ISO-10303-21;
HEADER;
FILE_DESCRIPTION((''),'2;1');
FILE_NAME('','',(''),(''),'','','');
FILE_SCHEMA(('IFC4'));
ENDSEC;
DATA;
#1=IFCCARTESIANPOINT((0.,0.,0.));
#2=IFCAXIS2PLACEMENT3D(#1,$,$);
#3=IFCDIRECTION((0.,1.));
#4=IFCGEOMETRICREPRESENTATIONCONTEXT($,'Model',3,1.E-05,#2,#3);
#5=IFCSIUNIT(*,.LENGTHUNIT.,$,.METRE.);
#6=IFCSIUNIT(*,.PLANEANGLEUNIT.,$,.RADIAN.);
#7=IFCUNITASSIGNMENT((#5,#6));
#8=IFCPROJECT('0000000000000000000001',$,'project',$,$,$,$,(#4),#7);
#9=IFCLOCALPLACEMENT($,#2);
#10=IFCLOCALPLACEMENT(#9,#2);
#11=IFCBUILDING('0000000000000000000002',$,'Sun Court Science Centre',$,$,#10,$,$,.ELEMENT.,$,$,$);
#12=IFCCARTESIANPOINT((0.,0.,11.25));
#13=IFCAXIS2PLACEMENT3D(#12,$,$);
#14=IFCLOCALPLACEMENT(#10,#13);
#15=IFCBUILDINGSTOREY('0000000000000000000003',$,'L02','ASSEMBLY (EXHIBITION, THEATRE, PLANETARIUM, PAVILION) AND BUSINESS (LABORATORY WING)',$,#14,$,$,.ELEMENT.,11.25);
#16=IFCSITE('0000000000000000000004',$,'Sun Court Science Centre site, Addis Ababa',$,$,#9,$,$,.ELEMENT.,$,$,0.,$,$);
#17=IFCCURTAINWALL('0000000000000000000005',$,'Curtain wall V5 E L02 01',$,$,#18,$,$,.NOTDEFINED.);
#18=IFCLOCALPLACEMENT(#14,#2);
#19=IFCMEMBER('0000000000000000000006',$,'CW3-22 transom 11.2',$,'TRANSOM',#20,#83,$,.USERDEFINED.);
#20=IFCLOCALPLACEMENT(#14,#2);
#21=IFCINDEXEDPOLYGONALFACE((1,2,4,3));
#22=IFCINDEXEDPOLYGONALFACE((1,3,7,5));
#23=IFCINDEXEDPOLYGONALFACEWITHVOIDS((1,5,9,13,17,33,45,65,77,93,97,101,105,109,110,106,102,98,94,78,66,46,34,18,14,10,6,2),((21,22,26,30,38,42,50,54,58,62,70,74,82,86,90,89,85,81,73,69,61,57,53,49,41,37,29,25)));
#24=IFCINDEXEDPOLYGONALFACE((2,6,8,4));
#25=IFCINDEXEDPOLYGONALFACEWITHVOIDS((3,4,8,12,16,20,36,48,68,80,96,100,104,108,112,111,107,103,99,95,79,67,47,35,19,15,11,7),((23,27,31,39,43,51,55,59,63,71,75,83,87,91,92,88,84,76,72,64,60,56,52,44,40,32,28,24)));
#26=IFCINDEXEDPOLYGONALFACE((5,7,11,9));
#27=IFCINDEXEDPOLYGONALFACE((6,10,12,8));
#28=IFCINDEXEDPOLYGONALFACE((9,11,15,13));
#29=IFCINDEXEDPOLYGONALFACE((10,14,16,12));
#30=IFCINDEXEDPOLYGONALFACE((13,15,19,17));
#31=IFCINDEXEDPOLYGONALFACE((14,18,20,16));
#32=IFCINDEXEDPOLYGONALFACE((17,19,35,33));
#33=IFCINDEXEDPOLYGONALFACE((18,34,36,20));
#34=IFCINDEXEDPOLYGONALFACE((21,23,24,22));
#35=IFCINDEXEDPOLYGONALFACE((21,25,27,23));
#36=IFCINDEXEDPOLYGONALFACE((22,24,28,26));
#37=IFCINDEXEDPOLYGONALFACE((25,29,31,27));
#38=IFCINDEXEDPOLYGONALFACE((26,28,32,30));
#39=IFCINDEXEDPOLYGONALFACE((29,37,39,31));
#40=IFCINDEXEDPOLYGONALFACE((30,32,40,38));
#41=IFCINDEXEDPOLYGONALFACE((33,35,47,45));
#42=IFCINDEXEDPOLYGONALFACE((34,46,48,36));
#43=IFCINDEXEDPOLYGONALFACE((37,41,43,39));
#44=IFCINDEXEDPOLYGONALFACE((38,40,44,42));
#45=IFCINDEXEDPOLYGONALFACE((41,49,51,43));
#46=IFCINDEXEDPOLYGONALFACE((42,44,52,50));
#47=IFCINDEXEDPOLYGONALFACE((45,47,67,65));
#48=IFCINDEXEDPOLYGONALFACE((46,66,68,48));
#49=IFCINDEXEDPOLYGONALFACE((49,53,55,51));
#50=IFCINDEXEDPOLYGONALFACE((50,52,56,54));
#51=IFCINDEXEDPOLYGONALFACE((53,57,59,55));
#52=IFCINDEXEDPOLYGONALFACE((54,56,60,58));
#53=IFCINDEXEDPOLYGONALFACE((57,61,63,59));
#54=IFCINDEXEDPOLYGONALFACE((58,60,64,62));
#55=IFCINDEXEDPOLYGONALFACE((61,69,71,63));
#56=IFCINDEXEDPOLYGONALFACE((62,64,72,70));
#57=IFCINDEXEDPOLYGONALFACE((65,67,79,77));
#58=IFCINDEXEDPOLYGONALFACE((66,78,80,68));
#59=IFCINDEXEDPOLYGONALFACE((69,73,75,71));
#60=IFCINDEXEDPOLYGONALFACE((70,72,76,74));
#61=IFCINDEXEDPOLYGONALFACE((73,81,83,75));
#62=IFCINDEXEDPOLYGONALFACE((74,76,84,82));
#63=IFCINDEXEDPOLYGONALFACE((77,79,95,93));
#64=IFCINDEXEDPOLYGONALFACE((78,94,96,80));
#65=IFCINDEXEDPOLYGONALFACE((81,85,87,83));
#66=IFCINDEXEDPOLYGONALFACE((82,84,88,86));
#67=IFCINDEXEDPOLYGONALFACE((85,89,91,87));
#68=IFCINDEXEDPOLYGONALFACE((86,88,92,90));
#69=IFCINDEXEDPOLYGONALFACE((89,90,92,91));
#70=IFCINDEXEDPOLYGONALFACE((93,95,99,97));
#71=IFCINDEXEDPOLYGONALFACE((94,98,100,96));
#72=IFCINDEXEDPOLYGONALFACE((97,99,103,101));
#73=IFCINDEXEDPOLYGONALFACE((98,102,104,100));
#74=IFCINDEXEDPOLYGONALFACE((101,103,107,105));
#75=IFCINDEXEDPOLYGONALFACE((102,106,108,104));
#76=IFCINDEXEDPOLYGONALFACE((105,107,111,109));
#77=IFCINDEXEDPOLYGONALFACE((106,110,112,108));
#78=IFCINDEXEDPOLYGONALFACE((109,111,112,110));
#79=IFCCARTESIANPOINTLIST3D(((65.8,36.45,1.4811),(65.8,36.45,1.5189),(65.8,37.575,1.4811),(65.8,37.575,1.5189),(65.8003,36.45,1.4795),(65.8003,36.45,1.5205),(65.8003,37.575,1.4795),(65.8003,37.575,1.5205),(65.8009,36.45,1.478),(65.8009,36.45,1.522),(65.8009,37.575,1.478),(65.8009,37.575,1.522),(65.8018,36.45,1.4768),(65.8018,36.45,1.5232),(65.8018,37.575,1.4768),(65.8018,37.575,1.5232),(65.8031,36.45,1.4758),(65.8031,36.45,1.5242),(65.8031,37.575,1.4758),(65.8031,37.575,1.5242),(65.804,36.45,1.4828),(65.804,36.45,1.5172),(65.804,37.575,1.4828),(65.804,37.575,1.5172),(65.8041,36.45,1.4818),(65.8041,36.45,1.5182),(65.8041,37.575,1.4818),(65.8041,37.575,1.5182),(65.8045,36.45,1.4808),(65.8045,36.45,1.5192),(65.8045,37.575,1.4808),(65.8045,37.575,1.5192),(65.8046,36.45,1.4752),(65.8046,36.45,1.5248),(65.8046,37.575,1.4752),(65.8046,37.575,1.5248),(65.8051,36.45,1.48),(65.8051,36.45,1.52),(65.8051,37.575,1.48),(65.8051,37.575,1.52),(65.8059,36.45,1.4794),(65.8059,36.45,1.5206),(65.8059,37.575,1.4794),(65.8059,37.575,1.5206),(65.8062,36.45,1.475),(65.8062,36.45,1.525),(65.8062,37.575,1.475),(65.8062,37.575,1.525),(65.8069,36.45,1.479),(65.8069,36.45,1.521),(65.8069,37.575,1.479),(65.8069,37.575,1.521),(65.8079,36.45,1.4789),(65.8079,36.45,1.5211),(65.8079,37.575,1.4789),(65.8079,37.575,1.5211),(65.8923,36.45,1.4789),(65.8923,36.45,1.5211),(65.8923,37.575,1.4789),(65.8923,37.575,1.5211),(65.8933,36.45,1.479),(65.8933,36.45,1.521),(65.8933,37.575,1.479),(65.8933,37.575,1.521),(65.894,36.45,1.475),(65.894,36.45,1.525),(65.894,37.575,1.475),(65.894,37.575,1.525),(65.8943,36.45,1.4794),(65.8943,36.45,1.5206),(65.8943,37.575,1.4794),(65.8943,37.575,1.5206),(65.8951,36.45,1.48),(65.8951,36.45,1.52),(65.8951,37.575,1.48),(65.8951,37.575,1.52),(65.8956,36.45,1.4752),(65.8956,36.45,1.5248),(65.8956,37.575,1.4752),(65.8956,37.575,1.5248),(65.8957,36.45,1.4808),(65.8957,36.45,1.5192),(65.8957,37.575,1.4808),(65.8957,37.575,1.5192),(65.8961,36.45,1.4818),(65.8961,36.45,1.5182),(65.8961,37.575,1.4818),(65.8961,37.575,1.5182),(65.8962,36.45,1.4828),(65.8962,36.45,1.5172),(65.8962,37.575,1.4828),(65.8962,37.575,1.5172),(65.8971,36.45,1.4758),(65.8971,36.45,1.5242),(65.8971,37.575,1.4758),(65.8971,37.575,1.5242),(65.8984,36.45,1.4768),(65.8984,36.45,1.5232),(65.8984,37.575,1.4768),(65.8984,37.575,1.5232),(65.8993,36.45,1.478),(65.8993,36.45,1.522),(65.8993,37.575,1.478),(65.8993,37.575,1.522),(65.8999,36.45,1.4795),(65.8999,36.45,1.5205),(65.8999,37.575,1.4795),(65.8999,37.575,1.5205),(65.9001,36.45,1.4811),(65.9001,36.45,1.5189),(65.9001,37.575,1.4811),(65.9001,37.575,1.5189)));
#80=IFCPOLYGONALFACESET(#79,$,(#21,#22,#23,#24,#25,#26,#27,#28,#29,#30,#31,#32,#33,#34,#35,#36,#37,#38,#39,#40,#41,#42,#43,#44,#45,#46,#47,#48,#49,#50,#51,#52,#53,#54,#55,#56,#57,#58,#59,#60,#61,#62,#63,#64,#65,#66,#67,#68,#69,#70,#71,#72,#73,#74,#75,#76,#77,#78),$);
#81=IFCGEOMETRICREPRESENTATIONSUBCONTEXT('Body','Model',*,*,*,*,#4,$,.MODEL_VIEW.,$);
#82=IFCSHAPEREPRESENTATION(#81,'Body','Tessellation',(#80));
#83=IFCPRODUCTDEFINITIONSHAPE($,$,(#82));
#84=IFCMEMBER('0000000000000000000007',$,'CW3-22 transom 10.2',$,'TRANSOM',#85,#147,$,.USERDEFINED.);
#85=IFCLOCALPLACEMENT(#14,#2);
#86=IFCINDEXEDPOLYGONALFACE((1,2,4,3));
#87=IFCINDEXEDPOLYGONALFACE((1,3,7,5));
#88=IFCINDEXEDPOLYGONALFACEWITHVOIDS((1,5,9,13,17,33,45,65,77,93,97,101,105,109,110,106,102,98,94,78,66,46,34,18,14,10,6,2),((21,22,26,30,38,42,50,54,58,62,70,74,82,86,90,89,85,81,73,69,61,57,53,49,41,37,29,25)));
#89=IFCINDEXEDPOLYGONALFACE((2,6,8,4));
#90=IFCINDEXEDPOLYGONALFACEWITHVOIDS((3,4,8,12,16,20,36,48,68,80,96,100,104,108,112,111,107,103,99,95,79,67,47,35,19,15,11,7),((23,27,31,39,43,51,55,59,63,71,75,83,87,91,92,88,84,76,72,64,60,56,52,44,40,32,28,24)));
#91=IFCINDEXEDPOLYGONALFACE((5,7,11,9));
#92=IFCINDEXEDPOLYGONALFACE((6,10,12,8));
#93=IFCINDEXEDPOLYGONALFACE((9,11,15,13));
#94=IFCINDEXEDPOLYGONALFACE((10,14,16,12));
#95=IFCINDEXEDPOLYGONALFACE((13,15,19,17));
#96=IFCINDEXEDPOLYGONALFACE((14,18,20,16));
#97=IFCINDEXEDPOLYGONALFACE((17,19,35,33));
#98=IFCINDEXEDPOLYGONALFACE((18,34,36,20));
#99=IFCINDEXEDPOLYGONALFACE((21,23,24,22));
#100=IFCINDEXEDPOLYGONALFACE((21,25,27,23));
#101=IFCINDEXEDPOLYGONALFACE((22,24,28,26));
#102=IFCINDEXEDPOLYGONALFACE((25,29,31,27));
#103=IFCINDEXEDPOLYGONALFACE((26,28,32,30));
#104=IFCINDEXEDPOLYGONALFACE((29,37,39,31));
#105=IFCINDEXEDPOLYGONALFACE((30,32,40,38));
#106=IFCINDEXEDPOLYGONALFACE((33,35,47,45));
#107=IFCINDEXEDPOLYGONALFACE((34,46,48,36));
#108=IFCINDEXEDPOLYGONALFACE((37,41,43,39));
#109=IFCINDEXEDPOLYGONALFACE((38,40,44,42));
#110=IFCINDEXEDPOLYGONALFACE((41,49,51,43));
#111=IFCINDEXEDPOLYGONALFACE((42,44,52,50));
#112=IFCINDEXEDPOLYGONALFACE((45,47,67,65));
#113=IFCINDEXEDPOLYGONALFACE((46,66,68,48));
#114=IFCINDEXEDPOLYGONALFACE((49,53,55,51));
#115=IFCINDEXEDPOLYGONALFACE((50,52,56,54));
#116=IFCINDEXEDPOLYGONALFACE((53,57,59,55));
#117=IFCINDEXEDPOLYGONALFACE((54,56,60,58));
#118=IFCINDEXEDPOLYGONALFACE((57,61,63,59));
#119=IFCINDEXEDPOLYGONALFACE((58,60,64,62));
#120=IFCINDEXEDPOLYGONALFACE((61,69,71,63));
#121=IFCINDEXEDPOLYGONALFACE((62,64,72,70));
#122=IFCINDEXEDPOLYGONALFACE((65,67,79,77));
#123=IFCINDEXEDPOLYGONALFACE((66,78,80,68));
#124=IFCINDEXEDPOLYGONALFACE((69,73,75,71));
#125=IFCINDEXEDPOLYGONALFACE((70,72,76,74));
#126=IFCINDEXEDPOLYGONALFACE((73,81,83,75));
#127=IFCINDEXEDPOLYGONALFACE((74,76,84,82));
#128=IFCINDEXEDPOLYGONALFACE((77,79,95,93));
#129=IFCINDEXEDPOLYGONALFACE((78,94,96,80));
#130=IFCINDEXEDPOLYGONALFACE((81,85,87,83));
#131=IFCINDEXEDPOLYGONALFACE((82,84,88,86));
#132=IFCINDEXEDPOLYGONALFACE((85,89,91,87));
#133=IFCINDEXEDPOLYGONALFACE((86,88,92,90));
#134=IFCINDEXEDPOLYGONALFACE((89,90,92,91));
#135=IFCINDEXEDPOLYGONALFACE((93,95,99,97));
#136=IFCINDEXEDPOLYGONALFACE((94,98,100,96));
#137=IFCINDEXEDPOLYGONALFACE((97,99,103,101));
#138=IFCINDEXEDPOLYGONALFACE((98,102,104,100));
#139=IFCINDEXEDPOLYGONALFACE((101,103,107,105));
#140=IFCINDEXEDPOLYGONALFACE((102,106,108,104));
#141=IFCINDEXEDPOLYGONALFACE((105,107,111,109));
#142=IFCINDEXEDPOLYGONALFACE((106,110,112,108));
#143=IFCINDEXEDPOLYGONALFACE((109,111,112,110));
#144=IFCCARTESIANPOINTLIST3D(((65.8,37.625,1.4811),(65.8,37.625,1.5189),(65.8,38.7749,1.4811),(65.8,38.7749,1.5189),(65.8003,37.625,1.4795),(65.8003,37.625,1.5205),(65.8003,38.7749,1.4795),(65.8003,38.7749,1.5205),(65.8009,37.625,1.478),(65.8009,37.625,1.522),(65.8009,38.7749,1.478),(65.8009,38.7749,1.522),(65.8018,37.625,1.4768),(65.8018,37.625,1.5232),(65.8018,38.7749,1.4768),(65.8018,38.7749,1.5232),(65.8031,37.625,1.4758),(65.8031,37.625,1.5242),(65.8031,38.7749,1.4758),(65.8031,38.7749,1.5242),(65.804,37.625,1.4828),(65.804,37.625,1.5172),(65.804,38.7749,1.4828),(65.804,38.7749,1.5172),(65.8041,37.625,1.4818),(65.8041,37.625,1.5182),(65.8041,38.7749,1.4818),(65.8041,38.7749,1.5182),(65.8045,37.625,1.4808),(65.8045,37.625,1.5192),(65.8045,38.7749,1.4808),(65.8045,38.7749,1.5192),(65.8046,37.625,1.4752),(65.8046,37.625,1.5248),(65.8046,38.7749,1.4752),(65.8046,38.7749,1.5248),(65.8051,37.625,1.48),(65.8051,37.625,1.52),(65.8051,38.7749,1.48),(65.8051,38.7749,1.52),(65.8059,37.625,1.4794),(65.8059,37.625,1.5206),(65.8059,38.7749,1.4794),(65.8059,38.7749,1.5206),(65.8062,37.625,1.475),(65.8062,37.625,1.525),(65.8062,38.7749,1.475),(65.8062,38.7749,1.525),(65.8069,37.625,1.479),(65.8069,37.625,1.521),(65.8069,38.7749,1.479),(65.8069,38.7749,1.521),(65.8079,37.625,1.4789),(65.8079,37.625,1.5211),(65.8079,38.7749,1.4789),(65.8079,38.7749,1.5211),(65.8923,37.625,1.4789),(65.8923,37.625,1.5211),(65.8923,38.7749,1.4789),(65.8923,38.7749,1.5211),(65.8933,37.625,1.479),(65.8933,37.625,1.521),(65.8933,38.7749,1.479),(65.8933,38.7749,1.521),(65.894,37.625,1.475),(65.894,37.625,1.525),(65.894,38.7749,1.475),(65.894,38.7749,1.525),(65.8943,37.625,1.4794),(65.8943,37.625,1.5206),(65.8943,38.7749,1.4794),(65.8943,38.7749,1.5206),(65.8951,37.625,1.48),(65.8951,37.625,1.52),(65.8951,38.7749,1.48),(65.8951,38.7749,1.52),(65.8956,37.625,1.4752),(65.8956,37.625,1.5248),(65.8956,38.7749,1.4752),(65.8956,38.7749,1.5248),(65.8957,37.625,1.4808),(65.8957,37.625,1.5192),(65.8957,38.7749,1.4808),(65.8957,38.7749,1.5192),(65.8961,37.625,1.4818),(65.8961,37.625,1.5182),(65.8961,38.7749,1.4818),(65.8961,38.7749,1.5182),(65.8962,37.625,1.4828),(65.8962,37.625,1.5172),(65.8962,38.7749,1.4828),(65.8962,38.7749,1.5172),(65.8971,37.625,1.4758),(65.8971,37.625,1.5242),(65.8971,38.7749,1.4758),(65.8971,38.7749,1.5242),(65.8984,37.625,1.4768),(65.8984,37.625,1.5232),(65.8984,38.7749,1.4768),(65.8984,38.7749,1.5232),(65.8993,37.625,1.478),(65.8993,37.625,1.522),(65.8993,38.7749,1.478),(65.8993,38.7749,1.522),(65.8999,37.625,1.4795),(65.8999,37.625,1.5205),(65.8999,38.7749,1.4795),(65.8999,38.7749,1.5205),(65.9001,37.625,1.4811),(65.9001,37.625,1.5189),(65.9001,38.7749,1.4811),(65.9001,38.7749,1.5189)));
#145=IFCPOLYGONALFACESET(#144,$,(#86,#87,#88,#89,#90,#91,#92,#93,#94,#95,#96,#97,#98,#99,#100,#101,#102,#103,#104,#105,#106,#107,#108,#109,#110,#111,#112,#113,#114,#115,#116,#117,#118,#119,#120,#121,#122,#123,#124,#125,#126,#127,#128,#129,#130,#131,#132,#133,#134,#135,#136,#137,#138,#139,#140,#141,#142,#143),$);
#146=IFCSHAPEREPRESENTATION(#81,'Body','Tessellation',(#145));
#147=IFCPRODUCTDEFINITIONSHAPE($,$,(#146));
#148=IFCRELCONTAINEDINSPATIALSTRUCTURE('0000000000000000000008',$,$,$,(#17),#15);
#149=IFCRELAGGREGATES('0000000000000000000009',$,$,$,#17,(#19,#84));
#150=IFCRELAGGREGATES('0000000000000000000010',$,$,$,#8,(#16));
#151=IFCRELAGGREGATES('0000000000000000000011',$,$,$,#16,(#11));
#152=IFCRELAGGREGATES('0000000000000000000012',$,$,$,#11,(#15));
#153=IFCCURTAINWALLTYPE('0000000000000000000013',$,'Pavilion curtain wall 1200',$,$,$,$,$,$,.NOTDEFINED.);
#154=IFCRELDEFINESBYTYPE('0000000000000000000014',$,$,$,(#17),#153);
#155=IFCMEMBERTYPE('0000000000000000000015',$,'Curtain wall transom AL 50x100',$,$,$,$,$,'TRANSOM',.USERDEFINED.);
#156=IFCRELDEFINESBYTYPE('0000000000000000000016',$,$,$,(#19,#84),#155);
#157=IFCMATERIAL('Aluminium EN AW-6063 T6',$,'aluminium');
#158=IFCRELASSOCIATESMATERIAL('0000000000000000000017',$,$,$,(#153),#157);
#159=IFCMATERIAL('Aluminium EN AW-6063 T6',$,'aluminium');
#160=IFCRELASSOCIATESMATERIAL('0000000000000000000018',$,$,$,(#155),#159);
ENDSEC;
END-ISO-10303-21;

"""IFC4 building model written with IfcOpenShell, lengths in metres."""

from ifc_helpers import new_model, si_unit, direction, frame, origin, origin_2d, place, context, subcontext, project, spatial, hollow_rectangle, extrude, material, material_profile, profile_set, type_object, element, aggregate, save


model = new_model("IFC4")

# Units and contexts
model_context = context("Model", 3, precision=1e-05, world=origin(), true_north=direction((0.0, 1.0)))
body_context = subcontext(model_context, "Body", "Model", "MODEL_VIEW")
ifc_project = project(units=[si_unit("LENGTHUNIT", "METRE"), si_unit("PLANEANGLEUNIT", "RADIAN")], contexts=[model_context])

# Site, building, storey
site_placement = place(None, origin())
site = spatial("IfcSite", under=ifc_project, at=site_placement, Name="Sun Court Science Centre site, Addis Ababa", CompositionType="ELEMENT", RefElevation=0.0)
building_placement = place(site_placement, origin())
building = spatial("IfcBuilding", under=site, at=building_placement, Name="Sun Court Science Centre", CompositionType="ELEMENT")
storey_placement = place(building_placement, frame((0.0, 0.0, 11.25)))
storey = spatial("IfcBuildingStorey", under=building, at=storey_placement, Name="L02", Description="ASSEMBLY (EXHIBITION, THEATRE, PLANETARIUM, PAVILION) AND BUSINESS (LABORATORY WING)", CompositionType="ELEMENT", Elevation=11.25)

# Curtain wall, members
ifc_material_1 = material(Name="Aluminium EN AW-6063 T6", Category="aluminium")
curtain_wall_type = type_object("IfcCurtainWallType", Name="Pavilion curtain wall 1200", PredefinedType="NOTDEFINED", material=ifc_material_1)
curtain_wall_placement = place(storey_placement, origin())
curtain_wall = element("IfcCurtainWall", 1, at=curtain_wall_placement, inside=storey, type_object=curtain_wall_type, Name="Curtain wall V5 E L02 01", PredefinedType="NOTDEFINED")
ifc_material_2 = material(Name="Aluminium EN AW-6063 T6", Category="aluminium")
ifc_material_profile_1 = material_profile(ifc_material_2, hollow_rectangle(XDim=0.05, YDim=0.1001, WallThickness=0.0039, InnerFilletRadius=0.0039, OuterFilletRadius=0.0061, at=origin_2d()), Name="AL 50x100x4")
ifc_profile_set_1 = profile_set([ifc_material_profile_1], Name="Aluminium EN AW-6063 T6")
member_type_1 = type_object("IfcMemberType", Name="Curtain wall transom AL 50x100", ElementType="TRANSOM", PredefinedType="USERDEFINED", material=ifc_profile_set_1)
member_1_placement = place(storey_placement, frame((65.8501, 37.575, 1.5), z_axis=(0.0, -1.0, 0.0), x_axis=(0.0, 0.0, 1.0)))
member_1 = element("IfcMember", 2, at=member_1_placement, type_object=member_type_1, Name="CW3-22 transom 11.2", ObjectType="TRANSOM", PredefinedType="USERDEFINED", context=body_context, shape_type="SweptSolid", body=[
    extrude(hollow_rectangle(XDim=0.05, YDim=0.1001, WallThickness=0.0039, InnerFilletRadius=0.0039, OuterFilletRadius=0.0061, at=origin_2d()), origin(), (0.0, 0.0, 1.0), 1.125),
])
member_2_placement = place(storey_placement, frame((65.8501, 38.7749, 1.5), z_axis=(0.0, -1.0, 0.0), x_axis=(0.0, 0.0, 1.0)))
member_2 = element("IfcMember", 3, at=member_2_placement, type_object=member_type_1, Name="CW3-22 transom 10.2", ObjectType="TRANSOM", PredefinedType="USERDEFINED", context=body_context, shape_type="SweptSolid", body=[
    extrude(hollow_rectangle(XDim=0.05, YDim=0.1001, WallThickness=0.0039, InnerFilletRadius=0.0039, OuterFilletRadius=0.0061, at=origin_2d()), origin(), (0.0, 0.0, 1.0), 1.1499),
])

aggregate(curtain_wall, [member_1, member_2])

save(model, "model.ifc")
